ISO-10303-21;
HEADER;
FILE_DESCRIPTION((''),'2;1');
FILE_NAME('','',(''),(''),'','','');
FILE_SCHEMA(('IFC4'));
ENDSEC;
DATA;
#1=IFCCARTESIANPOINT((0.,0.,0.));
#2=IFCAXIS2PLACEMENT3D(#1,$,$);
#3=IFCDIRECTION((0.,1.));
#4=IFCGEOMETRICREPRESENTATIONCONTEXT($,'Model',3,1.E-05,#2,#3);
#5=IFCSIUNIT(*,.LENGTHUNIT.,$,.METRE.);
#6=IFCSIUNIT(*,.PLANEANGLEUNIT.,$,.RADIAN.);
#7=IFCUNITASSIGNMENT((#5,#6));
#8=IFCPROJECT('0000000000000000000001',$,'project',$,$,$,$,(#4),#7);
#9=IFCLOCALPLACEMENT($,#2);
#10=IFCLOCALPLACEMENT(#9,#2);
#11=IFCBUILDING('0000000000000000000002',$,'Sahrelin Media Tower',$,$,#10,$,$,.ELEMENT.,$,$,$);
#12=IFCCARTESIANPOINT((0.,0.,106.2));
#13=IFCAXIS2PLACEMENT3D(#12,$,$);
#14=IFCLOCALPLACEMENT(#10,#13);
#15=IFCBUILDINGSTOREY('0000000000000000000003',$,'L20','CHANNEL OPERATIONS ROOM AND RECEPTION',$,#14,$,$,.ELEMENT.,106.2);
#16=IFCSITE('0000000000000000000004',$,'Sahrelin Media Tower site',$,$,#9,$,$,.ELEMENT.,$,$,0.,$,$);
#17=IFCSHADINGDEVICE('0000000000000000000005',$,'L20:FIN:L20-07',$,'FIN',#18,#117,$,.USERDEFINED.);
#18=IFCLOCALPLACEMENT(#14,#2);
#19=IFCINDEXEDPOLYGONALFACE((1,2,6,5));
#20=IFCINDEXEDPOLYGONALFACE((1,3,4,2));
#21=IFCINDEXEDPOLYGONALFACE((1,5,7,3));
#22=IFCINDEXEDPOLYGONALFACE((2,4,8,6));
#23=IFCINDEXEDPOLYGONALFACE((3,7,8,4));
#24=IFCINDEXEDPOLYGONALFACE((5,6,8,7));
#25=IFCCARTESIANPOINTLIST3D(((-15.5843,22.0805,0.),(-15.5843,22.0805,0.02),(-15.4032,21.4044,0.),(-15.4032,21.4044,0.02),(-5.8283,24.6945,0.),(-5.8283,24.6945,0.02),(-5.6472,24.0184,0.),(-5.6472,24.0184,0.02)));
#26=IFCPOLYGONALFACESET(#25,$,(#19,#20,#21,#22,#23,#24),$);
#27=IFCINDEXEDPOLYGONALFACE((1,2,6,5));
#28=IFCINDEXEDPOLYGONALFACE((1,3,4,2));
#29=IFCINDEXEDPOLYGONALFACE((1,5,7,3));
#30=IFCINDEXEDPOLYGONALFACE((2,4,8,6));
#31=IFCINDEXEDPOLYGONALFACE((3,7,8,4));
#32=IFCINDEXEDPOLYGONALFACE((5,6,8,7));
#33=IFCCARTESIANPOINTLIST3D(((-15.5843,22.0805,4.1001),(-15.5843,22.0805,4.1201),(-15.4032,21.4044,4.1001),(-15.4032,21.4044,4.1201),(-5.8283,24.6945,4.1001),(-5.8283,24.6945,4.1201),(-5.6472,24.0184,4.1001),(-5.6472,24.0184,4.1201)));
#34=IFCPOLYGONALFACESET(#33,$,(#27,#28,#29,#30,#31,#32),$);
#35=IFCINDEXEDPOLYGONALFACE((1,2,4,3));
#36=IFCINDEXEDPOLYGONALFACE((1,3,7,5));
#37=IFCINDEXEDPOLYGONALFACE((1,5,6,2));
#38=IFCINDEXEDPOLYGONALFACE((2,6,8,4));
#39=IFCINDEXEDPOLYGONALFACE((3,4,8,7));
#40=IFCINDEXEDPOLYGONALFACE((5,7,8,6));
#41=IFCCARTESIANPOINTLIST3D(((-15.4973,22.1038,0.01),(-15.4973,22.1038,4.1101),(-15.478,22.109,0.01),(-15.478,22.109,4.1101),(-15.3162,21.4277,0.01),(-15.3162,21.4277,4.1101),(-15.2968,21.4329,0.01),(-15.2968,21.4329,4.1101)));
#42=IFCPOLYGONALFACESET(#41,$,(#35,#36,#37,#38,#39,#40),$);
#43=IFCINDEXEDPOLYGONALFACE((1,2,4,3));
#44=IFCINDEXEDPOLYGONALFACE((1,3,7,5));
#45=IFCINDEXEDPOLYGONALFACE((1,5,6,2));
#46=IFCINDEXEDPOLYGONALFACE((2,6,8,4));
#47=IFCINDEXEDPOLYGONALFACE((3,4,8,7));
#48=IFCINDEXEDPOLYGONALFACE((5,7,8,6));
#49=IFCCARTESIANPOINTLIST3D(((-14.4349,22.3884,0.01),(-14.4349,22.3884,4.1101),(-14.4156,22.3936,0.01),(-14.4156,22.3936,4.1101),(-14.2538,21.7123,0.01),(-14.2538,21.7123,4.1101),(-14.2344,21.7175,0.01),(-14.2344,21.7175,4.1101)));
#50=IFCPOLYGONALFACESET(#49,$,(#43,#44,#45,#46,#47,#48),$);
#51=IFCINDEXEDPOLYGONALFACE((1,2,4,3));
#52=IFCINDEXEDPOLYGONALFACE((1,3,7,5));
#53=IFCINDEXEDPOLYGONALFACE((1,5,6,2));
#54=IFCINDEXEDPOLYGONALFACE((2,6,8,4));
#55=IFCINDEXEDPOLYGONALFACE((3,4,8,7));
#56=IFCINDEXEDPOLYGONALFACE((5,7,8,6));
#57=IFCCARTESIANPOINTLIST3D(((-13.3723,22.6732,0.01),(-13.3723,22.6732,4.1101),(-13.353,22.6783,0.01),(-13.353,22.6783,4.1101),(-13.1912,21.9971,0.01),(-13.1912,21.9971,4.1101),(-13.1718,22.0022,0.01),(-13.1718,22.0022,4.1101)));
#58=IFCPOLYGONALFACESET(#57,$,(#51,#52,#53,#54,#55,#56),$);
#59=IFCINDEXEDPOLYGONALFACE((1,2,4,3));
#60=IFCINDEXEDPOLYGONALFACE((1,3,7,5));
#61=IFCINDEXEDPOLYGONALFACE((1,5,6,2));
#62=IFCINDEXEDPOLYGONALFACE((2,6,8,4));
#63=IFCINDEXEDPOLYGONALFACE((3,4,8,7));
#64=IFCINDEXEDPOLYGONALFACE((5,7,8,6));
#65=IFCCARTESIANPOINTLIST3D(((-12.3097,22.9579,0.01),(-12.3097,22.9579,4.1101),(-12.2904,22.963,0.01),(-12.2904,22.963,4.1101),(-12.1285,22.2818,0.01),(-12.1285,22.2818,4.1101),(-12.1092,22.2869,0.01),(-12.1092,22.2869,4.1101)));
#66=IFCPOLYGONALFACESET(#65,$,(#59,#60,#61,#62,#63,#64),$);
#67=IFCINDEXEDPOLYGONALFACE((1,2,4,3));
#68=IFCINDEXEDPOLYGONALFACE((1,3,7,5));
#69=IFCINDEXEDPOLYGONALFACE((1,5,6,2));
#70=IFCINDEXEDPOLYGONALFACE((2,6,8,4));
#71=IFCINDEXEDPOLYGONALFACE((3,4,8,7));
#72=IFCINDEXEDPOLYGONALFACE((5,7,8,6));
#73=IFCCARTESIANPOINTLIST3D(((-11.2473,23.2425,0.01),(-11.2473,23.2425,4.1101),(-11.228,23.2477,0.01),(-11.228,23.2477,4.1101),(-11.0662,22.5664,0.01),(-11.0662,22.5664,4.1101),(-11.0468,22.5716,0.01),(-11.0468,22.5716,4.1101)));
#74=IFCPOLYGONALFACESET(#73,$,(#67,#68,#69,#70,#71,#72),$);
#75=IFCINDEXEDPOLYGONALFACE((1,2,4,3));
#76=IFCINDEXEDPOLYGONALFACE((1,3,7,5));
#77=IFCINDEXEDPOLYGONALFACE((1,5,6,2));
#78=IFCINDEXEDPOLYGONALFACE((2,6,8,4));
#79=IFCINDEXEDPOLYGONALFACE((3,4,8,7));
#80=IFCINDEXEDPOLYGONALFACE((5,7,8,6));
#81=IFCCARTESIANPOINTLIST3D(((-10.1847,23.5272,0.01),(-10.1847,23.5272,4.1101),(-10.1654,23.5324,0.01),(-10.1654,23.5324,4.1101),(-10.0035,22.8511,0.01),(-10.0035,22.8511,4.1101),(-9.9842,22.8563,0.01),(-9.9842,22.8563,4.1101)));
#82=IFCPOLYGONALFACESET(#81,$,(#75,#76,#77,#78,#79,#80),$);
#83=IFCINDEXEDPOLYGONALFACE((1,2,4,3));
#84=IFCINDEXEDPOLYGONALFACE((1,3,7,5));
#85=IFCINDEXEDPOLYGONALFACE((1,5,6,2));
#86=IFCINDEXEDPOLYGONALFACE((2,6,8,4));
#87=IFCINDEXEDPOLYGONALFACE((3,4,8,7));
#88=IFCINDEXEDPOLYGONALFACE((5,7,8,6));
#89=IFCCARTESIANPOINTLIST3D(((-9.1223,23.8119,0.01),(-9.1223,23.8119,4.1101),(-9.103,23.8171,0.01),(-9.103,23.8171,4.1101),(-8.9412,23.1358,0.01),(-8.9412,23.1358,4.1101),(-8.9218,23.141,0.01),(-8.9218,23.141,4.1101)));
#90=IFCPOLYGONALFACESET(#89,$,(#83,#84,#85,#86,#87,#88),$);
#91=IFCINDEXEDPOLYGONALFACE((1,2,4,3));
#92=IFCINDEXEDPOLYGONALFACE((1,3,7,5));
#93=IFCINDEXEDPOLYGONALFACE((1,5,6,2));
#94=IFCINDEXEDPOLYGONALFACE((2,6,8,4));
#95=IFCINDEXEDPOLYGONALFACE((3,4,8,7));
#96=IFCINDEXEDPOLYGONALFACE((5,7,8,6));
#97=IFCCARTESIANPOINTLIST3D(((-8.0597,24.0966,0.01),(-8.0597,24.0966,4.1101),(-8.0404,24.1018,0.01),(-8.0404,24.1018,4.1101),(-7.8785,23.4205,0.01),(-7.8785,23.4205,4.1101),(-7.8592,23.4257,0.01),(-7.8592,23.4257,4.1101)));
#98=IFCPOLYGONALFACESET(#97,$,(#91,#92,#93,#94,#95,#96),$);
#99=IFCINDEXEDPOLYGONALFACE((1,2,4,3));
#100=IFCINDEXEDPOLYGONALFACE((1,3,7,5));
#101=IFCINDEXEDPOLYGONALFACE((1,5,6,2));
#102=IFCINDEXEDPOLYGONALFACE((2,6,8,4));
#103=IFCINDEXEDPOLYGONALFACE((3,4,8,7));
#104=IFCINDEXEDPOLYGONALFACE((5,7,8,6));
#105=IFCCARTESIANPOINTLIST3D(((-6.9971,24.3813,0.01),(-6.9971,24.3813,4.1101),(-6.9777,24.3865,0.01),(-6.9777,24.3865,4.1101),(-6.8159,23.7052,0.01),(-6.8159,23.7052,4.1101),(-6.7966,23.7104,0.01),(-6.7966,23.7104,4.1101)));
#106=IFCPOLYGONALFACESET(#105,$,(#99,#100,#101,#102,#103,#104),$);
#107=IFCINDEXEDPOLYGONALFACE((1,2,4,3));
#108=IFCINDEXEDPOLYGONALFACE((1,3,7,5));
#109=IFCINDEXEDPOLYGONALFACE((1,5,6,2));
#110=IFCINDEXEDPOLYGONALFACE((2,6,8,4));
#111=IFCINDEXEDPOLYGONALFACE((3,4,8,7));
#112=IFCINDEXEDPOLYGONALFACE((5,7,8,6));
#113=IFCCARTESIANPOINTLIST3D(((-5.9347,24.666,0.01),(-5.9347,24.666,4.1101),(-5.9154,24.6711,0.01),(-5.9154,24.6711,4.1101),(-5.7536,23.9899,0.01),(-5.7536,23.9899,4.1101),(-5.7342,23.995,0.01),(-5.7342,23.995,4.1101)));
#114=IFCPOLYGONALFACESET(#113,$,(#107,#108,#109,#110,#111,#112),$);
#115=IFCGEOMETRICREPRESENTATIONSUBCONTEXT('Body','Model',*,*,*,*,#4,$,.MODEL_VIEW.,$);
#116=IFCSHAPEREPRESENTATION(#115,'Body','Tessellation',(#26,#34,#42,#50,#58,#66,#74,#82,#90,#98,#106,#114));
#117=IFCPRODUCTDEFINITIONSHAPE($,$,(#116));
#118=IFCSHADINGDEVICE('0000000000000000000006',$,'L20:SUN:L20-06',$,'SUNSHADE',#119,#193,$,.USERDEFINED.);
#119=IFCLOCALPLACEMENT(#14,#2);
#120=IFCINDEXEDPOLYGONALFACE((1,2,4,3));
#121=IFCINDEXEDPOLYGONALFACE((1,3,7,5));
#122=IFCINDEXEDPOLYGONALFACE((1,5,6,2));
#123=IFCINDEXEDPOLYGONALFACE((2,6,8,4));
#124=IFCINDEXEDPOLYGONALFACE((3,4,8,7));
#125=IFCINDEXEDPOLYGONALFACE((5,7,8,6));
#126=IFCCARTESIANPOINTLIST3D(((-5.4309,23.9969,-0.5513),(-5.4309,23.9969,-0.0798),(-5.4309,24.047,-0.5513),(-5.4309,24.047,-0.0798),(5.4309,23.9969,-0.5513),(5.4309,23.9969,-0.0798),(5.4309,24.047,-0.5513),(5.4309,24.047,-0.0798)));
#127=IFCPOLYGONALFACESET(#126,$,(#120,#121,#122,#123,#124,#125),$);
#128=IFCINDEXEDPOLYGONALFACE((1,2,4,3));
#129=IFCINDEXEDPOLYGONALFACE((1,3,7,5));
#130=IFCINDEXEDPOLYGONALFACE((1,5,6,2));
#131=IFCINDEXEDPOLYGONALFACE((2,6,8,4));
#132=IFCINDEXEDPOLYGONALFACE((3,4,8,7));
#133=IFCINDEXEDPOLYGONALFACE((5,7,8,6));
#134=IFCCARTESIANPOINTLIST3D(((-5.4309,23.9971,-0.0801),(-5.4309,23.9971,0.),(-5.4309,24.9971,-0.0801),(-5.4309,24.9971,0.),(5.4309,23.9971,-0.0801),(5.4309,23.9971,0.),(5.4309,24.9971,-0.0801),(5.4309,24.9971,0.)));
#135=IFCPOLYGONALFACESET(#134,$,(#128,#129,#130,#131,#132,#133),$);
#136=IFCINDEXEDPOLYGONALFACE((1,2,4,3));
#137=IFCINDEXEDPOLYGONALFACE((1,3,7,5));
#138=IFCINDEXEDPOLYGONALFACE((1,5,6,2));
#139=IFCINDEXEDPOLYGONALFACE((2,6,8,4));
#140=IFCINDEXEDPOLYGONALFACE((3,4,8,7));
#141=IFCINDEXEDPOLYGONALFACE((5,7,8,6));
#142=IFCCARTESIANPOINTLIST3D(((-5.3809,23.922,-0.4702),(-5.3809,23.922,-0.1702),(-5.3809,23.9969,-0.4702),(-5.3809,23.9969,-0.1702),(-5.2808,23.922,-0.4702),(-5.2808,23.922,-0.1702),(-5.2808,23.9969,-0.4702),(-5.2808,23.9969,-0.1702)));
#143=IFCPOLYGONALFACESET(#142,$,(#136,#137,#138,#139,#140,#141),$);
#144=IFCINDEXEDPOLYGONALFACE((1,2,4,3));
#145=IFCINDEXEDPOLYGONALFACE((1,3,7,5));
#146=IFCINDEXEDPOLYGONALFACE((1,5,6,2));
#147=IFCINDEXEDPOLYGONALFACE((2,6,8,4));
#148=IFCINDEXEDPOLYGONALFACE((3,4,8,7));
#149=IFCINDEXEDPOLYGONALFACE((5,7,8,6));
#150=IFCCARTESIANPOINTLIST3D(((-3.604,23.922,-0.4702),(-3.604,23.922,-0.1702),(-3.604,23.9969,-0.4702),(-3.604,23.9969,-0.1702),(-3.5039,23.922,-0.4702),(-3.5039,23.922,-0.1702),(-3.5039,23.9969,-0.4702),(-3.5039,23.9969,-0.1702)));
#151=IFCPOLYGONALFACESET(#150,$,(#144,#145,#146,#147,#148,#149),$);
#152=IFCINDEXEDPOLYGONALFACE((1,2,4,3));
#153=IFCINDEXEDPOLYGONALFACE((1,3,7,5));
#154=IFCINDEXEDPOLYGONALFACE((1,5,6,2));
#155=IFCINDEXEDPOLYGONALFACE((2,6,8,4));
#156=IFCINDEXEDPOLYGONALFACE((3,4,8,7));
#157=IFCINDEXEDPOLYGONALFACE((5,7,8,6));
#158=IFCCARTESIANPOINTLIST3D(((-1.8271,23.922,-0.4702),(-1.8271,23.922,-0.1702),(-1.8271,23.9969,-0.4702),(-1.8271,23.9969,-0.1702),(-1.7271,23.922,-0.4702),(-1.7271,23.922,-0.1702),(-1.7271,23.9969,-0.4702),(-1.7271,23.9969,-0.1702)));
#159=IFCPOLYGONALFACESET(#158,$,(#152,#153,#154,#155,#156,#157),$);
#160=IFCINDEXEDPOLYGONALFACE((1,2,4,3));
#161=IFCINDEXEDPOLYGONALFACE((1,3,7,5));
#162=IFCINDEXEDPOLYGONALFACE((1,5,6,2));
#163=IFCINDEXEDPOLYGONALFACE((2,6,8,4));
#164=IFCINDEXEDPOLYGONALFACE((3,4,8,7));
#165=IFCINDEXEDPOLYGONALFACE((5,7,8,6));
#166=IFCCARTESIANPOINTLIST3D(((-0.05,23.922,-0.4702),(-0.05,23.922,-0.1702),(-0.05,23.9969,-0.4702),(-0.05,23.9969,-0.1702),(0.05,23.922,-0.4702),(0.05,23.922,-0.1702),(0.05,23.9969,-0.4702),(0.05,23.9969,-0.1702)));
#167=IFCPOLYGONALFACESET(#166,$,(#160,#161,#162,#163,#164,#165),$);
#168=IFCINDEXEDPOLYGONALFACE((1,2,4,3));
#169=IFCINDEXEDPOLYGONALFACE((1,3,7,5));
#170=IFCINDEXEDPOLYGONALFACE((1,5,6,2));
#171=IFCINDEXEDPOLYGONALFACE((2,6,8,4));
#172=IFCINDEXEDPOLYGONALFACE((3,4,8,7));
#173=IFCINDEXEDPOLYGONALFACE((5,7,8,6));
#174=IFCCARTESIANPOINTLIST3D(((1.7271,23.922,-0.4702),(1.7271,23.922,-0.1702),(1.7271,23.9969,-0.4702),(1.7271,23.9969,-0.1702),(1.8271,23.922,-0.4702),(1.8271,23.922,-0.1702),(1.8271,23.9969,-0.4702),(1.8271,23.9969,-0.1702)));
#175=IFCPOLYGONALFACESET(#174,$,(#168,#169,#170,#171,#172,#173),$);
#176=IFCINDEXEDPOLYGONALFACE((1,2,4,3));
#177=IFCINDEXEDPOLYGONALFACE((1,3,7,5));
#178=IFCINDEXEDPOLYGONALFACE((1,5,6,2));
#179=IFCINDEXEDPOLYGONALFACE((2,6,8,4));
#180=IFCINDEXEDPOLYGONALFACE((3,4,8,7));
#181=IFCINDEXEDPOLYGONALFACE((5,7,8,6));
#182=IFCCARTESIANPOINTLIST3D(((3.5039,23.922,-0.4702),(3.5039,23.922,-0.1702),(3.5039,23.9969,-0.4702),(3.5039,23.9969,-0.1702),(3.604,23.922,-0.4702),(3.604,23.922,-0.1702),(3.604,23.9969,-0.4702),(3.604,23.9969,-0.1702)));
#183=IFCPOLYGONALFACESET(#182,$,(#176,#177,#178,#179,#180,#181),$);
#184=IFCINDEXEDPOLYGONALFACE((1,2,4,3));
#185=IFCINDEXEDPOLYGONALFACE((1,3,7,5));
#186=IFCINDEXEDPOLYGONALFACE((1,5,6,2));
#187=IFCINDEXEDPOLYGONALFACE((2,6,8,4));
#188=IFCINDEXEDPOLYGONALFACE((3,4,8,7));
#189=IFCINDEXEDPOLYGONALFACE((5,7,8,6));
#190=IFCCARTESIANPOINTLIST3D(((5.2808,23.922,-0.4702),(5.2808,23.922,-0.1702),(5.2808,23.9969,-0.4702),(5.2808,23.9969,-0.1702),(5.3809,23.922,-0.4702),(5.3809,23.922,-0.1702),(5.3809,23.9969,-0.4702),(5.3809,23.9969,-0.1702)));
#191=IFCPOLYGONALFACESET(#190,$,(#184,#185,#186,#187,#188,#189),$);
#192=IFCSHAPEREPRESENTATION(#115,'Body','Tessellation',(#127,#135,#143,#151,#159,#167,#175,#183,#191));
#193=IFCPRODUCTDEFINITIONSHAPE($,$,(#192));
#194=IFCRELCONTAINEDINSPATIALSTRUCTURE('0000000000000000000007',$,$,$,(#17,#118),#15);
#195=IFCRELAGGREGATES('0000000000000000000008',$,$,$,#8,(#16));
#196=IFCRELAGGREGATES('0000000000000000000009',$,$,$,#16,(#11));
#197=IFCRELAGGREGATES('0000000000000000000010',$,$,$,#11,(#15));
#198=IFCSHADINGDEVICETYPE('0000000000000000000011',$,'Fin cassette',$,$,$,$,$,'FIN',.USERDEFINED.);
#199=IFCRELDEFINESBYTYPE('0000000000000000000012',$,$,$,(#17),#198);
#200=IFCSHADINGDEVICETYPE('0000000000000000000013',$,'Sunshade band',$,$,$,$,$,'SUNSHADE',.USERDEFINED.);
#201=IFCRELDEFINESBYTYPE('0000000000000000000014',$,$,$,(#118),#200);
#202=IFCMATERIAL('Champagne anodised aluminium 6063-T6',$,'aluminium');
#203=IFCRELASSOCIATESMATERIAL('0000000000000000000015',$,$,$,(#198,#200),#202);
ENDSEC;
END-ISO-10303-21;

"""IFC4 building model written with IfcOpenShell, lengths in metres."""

from ifc_helpers import new_model, si_unit, direction, frame, origin, origin_2d, place, context, subcontext, project, spatial, rectangle, extrude, material, type_object, element, save


model = new_model("IFC4")

# Units and contexts
model_context = context("Model", 3, precision=1e-05, world=origin(), true_north=direction((0.0, 1.0)))
body_context = subcontext(model_context, "Body", "Model", "MODEL_VIEW")
ifc_project = project(units=[si_unit("LENGTHUNIT", "METRE"), si_unit("PLANEANGLEUNIT", "RADIAN")], contexts=[model_context])

# Site, building, storey
site_placement = place(None, origin())
site = spatial("IfcSite", under=ifc_project, at=site_placement, Name="Sahrelin Media Tower site", CompositionType="ELEMENT", RefElevation=0.0)
building_placement = place(site_placement, origin())
building = spatial("IfcBuilding", under=site, at=building_placement, Name="Sahrelin Media Tower", CompositionType="ELEMENT")
storey_placement = place(building_placement, frame((0.0, 0.0, 106.2)))
storey = spatial("IfcBuildingStorey", under=building, at=storey_placement, Name="L20", Description="CHANNEL OPERATIONS ROOM AND RECEPTION", CompositionType="ELEMENT", Elevation=106.2)

# Shared definitions
ifc_material_1 = material(Name="Champagne anodised aluminium 6063-T6", Category="aluminium")
placement_1 = place(storey_placement, frame((0.0, 23.9771, 0.0), z_axis=(0.0, 0.0, 1.0), x_axis=(1.0, 0.0, 0.0)))

# Shading devices
shading_device_type_1 = type_object("IfcShadingDeviceType", Name="Fin cassette", ElementType="FIN", PredefinedType="USERDEFINED", material=ifc_material_1)
placement_2 = place(storey_placement, frame((-10.5071, 22.6438, 0.0), z_axis=(0.0, 0.0, 1.0), x_axis=(0.965929, 0.258808, 0.0)))
element("IfcShadingDevice", 1, at=placement_2, inside=storey, type_object=shading_device_type_1, Name="L20:FIN:L20-07", ObjectType="FIN", PredefinedType="USERDEFINED", context=body_context, shape_type="SweptSolid", body=[
    extrude(rectangle(XDim=10.1001, YDim=0.7, at=origin_2d()), frame((0.0, 0.4199, 0.0)), (0.0, 0.0, 1.0), 0.02),
    extrude(rectangle(XDim=10.1001, YDim=0.7, at=origin_2d()), frame((0.0, 0.4199, 4.1001)), (0.0, 0.0, 1.0), 0.02),
    extrude(rectangle(XDim=0.02, YDim=0.7, at=origin_2d()), frame((-4.95, 0.4199, 0.01), z_axis=(0.0, 0.0, 1.0), x_axis=(1.0, 0.0, 0.0)), (0.0, 0.0, 1.0), 4.1001),
    extrude(rectangle(XDim=0.02, YDim=0.7, at=origin_2d()), frame((-3.8501, 0.4199, 0.01), z_axis=(0.0, 0.0, 1.0), x_axis=(1.0, 0.0, 0.0)), (0.0, 0.0, 1.0), 4.1001),
    extrude(rectangle(XDim=0.02, YDim=0.7, at=origin_2d()), frame((-2.75, 0.4199, 0.01), z_axis=(0.0, 0.0, 1.0), x_axis=(1.0, 0.0, 0.0)), (0.0, 0.0, 1.0), 4.1001),
    extrude(rectangle(XDim=0.02, YDim=0.7, at=origin_2d()), frame((-1.6499, 0.4199, 0.01), z_axis=(0.0, 0.0, 1.0), x_axis=(1.0, 0.0, 0.0)), (0.0, 0.0, 1.0), 4.1001),
    extrude(rectangle(XDim=0.02, YDim=0.7, at=origin_2d()), frame((-0.55, 0.4199, 0.01), z_axis=(0.0, 0.0, 1.0), x_axis=(1.0, 0.0, 0.0)), (0.0, 0.0, 1.0), 4.1001),
    extrude(rectangle(XDim=0.02, YDim=0.7, at=origin_2d()), frame((0.55, 0.4199, 0.01), z_axis=(0.0, 0.0, 1.0), x_axis=(1.0, 0.0, 0.0)), (0.0, 0.0, 1.0), 4.1001),
    extrude(rectangle(XDim=0.02, YDim=0.7, at=origin_2d()), frame((1.6499, 0.4199, 0.01), z_axis=(0.0, 0.0, 1.0), x_axis=(1.0, 0.0, 0.0)), (0.0, 0.0, 1.0), 4.1001),
    extrude(rectangle(XDim=0.02, YDim=0.7, at=origin_2d()), frame((2.75, 0.4199, 0.01), z_axis=(0.0, 0.0, 1.0), x_axis=(1.0, 0.0, 0.0)), (0.0, 0.0, 1.0), 4.1001),
    extrude(rectangle(XDim=0.02, YDim=0.7, at=origin_2d()), frame((3.8501, 0.4199, 0.01), z_axis=(0.0, 0.0, 1.0), x_axis=(1.0, 0.0, 0.0)), (0.0, 0.0, 1.0), 4.1001),
    extrude(rectangle(XDim=0.02, YDim=0.7, at=origin_2d()), frame((4.95, 0.4199, 0.01), z_axis=(0.0, 0.0, 1.0), x_axis=(1.0, 0.0, 0.0)), (0.0, 0.0, 1.0), 4.1001),
])
shading_device_type_2 = type_object("IfcShadingDeviceType", Name="Sunshade band", ElementType="SUNSHADE", PredefinedType="USERDEFINED", material=ifc_material_1)
element("IfcShadingDevice", 2, at=placement_1, inside=storey, type_object=shading_device_type_2, Name="L20:SUN:L20-06", ObjectType="SUNSHADE", PredefinedType="USERDEFINED", context=body_context, shape_type="SweptSolid", body=[
    extrude(rectangle(XDim=10.8618, YDim=0.05, at=origin_2d()), frame((0.0, 0.0449, -0.5513)), (0.0, 0.0, 1.0), 0.4714),
    extrude(rectangle(XDim=10.8618, YDim=1.0, at=origin_2d()), frame((0.0, 0.52, -0.0801)), (0.0, 0.0, 1.0), 0.0801),
    extrude(rectangle(XDim=0.1001, YDim=0.075, at=origin_2d()), frame((-5.3308, -0.0176, -0.4702)), (0.0, 0.0, 1.0), 0.3),
    extrude(rectangle(XDim=0.1001, YDim=0.075, at=origin_2d()), frame((-3.554, -0.0176, -0.4702)), (0.0, 0.0, 1.0), 0.3),
    extrude(rectangle(XDim=0.1001, YDim=0.075, at=origin_2d()), frame((-1.7771, -0.0176, -0.4702)), (0.0, 0.0, 1.0), 0.3),
    extrude(rectangle(XDim=0.1001, YDim=0.075, at=origin_2d()), frame((0.0, -0.0176, -0.4702)), (0.0, 0.0, 1.0), 0.3),
    extrude(rectangle(XDim=0.1001, YDim=0.075, at=origin_2d()), frame((1.7771, -0.0176, -0.4702)), (0.0, 0.0, 1.0), 0.3),
    extrude(rectangle(XDim=0.1001, YDim=0.075, at=origin_2d()), frame((3.554, -0.0176, -0.4702)), (0.0, 0.0, 1.0), 0.3),
    extrude(rectangle(XDim=0.1001, YDim=0.075, at=origin_2d()), frame((5.3308, -0.0176, -0.4702)), (0.0, 0.0, 1.0), 0.3),
])

save(model, "model.ifc")
